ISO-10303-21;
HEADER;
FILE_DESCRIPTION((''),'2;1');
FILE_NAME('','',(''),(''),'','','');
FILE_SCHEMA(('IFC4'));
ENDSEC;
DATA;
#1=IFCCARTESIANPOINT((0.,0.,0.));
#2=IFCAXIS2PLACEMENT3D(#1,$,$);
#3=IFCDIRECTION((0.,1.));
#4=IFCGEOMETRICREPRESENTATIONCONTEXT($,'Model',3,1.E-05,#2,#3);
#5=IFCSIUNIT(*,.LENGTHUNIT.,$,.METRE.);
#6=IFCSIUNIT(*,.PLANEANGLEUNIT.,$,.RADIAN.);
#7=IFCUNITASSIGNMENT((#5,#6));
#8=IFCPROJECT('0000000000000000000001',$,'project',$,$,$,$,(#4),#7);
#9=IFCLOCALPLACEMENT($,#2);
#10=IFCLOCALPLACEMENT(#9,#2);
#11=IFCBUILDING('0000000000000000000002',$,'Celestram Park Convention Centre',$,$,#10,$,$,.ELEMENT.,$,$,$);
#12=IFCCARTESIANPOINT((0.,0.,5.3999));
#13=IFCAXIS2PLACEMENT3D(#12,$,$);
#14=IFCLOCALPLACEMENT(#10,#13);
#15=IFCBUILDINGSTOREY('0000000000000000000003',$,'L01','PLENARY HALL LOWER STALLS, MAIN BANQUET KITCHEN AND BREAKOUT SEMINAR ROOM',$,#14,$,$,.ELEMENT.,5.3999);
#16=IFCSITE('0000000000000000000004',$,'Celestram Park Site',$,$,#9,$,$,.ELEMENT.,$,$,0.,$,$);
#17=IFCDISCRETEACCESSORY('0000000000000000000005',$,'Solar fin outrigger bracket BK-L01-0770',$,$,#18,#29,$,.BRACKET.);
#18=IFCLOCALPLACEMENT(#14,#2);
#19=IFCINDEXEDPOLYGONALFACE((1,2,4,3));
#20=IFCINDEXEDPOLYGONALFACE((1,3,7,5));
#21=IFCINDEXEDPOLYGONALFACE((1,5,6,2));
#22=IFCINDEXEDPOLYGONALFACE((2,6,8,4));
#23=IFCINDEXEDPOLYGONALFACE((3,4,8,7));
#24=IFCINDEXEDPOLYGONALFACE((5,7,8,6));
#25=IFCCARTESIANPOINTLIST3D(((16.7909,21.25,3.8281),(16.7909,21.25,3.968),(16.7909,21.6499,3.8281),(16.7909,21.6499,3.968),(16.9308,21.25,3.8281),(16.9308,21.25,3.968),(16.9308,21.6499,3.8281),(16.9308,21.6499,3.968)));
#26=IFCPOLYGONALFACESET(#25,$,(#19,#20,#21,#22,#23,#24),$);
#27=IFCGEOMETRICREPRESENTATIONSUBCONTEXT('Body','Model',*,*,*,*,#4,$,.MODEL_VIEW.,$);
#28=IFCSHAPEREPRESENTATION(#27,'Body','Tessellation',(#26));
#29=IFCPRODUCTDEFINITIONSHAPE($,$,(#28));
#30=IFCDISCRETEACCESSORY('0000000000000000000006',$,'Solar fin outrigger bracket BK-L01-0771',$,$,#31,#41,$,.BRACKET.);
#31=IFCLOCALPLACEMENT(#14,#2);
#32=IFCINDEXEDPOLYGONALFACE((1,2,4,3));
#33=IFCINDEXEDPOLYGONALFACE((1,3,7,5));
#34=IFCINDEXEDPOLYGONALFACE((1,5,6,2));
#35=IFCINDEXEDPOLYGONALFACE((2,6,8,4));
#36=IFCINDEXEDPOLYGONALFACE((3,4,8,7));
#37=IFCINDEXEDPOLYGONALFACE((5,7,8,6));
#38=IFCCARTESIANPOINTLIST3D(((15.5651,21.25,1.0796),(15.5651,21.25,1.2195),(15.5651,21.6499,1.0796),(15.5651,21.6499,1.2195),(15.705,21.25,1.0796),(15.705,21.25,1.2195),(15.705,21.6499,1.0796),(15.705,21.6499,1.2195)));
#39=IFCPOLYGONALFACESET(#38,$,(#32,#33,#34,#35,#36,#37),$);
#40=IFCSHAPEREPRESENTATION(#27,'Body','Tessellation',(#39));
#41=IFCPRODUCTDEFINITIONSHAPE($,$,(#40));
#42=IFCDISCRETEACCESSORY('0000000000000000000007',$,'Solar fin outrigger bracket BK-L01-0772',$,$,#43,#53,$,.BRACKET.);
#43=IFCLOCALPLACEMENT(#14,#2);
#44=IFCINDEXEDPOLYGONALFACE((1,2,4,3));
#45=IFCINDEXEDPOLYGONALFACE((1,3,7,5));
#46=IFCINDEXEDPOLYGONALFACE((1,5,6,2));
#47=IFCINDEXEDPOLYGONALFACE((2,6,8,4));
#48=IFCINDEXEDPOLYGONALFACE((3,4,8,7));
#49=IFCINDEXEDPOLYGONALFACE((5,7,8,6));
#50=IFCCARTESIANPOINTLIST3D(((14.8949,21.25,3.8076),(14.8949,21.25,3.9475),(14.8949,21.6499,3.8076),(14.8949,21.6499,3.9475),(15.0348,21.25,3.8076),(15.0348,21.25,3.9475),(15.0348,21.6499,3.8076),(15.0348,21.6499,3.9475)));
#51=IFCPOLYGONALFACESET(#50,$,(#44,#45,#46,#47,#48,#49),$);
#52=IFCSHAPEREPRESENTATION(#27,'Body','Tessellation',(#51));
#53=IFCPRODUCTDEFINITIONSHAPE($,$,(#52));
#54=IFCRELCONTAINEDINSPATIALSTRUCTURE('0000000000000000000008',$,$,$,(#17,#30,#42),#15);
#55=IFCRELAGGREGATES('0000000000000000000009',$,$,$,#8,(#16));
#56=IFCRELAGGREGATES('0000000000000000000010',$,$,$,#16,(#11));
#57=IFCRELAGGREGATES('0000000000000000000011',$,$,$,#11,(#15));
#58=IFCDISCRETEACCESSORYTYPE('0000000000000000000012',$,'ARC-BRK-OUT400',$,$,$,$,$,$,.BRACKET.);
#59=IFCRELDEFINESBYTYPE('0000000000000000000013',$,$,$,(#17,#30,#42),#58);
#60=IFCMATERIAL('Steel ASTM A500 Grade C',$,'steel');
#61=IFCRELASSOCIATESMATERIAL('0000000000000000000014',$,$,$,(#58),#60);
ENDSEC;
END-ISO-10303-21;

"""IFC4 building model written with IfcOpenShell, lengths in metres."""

from ifc_helpers import new_model, si_unit, direction, frame, origin, origin_2d, place, context, subcontext, project, spatial, rectangle, extrude, material, type_object, element, save


model = new_model("IFC4")

# Units and contexts
model_context = context("Model", 3, precision=1e-05, world=origin(), true_north=direction((0.0, 1.0)))
body_context = subcontext(model_context, "Body", "Model", "MODEL_VIEW")
ifc_project = project(units=[si_unit("LENGTHUNIT", "METRE"), si_unit("PLANEANGLEUNIT", "RADIAN")], contexts=[model_context])

# Site, building, storey
site_placement = place(None, origin())
site = spatial("IfcSite", under=ifc_project, at=site_placement, Name="Celestram Park Site", CompositionType="ELEMENT", RefElevation=0.0)
building_placement = place(site_placement, origin())
building = spatial("IfcBuilding", under=site, at=building_placement, Name="Celestram Park Convention Centre", CompositionType="ELEMENT")
storey_placement = place(building_placement, frame((0.0, 0.0, 5.3999)))
storey = spatial("IfcBuildingStorey", under=building, at=storey_placement, Name="L01", Description="PLENARY HALL LOWER STALLS, MAIN BANQUET KITCHEN AND BREAKOUT SEMINAR ROOM", CompositionType="ELEMENT", Elevation=5.3999)

# Discrete accessories
ifc_material_1 = material(Name="Steel ASTM A500 Grade C", Category="steel")
discrete_accessory_type = type_object("IfcDiscreteAccessoryType", Name="ARC-BRK-OUT400", PredefinedType="BRACKET", material=ifc_material_1)
for number, where, z_axis, x_axis, name in (
    (1, (16.8608, 21.45, 3.8281), (0.0, 0.0, 1.0), (0.0, -1.0, 0.0), "Solar fin outrigger bracket BK-L01-0770"),
    (2, (15.635, 21.45, 1.0796), (0.0, 0.0, 1.0), (0.0, -1.0, 0.0), "Solar fin outrigger bracket BK-L01-0771"),
    (3, (14.9648, 21.45, 3.8076), (0.0, 0.0, 1.0), (0.0, -1.0, 0.0), "Solar fin outrigger bracket BK-L01-0772"),
):
    element("IfcDiscreteAccessory", number, at=place(storey_placement, frame(where, z_axis=z_axis, x_axis=x_axis)), inside=storey, type_object=discrete_accessory_type, Name=name, PredefinedType="BRACKET", context=body_context, shape_type="SweptSolid", body=[
        extrude(rectangle(XDim=0.3999, YDim=0.1399, at=origin_2d()), origin(), (0.0, 0.0, 1.0), 0.1399),
    ])

save(model, "model.ifc")
